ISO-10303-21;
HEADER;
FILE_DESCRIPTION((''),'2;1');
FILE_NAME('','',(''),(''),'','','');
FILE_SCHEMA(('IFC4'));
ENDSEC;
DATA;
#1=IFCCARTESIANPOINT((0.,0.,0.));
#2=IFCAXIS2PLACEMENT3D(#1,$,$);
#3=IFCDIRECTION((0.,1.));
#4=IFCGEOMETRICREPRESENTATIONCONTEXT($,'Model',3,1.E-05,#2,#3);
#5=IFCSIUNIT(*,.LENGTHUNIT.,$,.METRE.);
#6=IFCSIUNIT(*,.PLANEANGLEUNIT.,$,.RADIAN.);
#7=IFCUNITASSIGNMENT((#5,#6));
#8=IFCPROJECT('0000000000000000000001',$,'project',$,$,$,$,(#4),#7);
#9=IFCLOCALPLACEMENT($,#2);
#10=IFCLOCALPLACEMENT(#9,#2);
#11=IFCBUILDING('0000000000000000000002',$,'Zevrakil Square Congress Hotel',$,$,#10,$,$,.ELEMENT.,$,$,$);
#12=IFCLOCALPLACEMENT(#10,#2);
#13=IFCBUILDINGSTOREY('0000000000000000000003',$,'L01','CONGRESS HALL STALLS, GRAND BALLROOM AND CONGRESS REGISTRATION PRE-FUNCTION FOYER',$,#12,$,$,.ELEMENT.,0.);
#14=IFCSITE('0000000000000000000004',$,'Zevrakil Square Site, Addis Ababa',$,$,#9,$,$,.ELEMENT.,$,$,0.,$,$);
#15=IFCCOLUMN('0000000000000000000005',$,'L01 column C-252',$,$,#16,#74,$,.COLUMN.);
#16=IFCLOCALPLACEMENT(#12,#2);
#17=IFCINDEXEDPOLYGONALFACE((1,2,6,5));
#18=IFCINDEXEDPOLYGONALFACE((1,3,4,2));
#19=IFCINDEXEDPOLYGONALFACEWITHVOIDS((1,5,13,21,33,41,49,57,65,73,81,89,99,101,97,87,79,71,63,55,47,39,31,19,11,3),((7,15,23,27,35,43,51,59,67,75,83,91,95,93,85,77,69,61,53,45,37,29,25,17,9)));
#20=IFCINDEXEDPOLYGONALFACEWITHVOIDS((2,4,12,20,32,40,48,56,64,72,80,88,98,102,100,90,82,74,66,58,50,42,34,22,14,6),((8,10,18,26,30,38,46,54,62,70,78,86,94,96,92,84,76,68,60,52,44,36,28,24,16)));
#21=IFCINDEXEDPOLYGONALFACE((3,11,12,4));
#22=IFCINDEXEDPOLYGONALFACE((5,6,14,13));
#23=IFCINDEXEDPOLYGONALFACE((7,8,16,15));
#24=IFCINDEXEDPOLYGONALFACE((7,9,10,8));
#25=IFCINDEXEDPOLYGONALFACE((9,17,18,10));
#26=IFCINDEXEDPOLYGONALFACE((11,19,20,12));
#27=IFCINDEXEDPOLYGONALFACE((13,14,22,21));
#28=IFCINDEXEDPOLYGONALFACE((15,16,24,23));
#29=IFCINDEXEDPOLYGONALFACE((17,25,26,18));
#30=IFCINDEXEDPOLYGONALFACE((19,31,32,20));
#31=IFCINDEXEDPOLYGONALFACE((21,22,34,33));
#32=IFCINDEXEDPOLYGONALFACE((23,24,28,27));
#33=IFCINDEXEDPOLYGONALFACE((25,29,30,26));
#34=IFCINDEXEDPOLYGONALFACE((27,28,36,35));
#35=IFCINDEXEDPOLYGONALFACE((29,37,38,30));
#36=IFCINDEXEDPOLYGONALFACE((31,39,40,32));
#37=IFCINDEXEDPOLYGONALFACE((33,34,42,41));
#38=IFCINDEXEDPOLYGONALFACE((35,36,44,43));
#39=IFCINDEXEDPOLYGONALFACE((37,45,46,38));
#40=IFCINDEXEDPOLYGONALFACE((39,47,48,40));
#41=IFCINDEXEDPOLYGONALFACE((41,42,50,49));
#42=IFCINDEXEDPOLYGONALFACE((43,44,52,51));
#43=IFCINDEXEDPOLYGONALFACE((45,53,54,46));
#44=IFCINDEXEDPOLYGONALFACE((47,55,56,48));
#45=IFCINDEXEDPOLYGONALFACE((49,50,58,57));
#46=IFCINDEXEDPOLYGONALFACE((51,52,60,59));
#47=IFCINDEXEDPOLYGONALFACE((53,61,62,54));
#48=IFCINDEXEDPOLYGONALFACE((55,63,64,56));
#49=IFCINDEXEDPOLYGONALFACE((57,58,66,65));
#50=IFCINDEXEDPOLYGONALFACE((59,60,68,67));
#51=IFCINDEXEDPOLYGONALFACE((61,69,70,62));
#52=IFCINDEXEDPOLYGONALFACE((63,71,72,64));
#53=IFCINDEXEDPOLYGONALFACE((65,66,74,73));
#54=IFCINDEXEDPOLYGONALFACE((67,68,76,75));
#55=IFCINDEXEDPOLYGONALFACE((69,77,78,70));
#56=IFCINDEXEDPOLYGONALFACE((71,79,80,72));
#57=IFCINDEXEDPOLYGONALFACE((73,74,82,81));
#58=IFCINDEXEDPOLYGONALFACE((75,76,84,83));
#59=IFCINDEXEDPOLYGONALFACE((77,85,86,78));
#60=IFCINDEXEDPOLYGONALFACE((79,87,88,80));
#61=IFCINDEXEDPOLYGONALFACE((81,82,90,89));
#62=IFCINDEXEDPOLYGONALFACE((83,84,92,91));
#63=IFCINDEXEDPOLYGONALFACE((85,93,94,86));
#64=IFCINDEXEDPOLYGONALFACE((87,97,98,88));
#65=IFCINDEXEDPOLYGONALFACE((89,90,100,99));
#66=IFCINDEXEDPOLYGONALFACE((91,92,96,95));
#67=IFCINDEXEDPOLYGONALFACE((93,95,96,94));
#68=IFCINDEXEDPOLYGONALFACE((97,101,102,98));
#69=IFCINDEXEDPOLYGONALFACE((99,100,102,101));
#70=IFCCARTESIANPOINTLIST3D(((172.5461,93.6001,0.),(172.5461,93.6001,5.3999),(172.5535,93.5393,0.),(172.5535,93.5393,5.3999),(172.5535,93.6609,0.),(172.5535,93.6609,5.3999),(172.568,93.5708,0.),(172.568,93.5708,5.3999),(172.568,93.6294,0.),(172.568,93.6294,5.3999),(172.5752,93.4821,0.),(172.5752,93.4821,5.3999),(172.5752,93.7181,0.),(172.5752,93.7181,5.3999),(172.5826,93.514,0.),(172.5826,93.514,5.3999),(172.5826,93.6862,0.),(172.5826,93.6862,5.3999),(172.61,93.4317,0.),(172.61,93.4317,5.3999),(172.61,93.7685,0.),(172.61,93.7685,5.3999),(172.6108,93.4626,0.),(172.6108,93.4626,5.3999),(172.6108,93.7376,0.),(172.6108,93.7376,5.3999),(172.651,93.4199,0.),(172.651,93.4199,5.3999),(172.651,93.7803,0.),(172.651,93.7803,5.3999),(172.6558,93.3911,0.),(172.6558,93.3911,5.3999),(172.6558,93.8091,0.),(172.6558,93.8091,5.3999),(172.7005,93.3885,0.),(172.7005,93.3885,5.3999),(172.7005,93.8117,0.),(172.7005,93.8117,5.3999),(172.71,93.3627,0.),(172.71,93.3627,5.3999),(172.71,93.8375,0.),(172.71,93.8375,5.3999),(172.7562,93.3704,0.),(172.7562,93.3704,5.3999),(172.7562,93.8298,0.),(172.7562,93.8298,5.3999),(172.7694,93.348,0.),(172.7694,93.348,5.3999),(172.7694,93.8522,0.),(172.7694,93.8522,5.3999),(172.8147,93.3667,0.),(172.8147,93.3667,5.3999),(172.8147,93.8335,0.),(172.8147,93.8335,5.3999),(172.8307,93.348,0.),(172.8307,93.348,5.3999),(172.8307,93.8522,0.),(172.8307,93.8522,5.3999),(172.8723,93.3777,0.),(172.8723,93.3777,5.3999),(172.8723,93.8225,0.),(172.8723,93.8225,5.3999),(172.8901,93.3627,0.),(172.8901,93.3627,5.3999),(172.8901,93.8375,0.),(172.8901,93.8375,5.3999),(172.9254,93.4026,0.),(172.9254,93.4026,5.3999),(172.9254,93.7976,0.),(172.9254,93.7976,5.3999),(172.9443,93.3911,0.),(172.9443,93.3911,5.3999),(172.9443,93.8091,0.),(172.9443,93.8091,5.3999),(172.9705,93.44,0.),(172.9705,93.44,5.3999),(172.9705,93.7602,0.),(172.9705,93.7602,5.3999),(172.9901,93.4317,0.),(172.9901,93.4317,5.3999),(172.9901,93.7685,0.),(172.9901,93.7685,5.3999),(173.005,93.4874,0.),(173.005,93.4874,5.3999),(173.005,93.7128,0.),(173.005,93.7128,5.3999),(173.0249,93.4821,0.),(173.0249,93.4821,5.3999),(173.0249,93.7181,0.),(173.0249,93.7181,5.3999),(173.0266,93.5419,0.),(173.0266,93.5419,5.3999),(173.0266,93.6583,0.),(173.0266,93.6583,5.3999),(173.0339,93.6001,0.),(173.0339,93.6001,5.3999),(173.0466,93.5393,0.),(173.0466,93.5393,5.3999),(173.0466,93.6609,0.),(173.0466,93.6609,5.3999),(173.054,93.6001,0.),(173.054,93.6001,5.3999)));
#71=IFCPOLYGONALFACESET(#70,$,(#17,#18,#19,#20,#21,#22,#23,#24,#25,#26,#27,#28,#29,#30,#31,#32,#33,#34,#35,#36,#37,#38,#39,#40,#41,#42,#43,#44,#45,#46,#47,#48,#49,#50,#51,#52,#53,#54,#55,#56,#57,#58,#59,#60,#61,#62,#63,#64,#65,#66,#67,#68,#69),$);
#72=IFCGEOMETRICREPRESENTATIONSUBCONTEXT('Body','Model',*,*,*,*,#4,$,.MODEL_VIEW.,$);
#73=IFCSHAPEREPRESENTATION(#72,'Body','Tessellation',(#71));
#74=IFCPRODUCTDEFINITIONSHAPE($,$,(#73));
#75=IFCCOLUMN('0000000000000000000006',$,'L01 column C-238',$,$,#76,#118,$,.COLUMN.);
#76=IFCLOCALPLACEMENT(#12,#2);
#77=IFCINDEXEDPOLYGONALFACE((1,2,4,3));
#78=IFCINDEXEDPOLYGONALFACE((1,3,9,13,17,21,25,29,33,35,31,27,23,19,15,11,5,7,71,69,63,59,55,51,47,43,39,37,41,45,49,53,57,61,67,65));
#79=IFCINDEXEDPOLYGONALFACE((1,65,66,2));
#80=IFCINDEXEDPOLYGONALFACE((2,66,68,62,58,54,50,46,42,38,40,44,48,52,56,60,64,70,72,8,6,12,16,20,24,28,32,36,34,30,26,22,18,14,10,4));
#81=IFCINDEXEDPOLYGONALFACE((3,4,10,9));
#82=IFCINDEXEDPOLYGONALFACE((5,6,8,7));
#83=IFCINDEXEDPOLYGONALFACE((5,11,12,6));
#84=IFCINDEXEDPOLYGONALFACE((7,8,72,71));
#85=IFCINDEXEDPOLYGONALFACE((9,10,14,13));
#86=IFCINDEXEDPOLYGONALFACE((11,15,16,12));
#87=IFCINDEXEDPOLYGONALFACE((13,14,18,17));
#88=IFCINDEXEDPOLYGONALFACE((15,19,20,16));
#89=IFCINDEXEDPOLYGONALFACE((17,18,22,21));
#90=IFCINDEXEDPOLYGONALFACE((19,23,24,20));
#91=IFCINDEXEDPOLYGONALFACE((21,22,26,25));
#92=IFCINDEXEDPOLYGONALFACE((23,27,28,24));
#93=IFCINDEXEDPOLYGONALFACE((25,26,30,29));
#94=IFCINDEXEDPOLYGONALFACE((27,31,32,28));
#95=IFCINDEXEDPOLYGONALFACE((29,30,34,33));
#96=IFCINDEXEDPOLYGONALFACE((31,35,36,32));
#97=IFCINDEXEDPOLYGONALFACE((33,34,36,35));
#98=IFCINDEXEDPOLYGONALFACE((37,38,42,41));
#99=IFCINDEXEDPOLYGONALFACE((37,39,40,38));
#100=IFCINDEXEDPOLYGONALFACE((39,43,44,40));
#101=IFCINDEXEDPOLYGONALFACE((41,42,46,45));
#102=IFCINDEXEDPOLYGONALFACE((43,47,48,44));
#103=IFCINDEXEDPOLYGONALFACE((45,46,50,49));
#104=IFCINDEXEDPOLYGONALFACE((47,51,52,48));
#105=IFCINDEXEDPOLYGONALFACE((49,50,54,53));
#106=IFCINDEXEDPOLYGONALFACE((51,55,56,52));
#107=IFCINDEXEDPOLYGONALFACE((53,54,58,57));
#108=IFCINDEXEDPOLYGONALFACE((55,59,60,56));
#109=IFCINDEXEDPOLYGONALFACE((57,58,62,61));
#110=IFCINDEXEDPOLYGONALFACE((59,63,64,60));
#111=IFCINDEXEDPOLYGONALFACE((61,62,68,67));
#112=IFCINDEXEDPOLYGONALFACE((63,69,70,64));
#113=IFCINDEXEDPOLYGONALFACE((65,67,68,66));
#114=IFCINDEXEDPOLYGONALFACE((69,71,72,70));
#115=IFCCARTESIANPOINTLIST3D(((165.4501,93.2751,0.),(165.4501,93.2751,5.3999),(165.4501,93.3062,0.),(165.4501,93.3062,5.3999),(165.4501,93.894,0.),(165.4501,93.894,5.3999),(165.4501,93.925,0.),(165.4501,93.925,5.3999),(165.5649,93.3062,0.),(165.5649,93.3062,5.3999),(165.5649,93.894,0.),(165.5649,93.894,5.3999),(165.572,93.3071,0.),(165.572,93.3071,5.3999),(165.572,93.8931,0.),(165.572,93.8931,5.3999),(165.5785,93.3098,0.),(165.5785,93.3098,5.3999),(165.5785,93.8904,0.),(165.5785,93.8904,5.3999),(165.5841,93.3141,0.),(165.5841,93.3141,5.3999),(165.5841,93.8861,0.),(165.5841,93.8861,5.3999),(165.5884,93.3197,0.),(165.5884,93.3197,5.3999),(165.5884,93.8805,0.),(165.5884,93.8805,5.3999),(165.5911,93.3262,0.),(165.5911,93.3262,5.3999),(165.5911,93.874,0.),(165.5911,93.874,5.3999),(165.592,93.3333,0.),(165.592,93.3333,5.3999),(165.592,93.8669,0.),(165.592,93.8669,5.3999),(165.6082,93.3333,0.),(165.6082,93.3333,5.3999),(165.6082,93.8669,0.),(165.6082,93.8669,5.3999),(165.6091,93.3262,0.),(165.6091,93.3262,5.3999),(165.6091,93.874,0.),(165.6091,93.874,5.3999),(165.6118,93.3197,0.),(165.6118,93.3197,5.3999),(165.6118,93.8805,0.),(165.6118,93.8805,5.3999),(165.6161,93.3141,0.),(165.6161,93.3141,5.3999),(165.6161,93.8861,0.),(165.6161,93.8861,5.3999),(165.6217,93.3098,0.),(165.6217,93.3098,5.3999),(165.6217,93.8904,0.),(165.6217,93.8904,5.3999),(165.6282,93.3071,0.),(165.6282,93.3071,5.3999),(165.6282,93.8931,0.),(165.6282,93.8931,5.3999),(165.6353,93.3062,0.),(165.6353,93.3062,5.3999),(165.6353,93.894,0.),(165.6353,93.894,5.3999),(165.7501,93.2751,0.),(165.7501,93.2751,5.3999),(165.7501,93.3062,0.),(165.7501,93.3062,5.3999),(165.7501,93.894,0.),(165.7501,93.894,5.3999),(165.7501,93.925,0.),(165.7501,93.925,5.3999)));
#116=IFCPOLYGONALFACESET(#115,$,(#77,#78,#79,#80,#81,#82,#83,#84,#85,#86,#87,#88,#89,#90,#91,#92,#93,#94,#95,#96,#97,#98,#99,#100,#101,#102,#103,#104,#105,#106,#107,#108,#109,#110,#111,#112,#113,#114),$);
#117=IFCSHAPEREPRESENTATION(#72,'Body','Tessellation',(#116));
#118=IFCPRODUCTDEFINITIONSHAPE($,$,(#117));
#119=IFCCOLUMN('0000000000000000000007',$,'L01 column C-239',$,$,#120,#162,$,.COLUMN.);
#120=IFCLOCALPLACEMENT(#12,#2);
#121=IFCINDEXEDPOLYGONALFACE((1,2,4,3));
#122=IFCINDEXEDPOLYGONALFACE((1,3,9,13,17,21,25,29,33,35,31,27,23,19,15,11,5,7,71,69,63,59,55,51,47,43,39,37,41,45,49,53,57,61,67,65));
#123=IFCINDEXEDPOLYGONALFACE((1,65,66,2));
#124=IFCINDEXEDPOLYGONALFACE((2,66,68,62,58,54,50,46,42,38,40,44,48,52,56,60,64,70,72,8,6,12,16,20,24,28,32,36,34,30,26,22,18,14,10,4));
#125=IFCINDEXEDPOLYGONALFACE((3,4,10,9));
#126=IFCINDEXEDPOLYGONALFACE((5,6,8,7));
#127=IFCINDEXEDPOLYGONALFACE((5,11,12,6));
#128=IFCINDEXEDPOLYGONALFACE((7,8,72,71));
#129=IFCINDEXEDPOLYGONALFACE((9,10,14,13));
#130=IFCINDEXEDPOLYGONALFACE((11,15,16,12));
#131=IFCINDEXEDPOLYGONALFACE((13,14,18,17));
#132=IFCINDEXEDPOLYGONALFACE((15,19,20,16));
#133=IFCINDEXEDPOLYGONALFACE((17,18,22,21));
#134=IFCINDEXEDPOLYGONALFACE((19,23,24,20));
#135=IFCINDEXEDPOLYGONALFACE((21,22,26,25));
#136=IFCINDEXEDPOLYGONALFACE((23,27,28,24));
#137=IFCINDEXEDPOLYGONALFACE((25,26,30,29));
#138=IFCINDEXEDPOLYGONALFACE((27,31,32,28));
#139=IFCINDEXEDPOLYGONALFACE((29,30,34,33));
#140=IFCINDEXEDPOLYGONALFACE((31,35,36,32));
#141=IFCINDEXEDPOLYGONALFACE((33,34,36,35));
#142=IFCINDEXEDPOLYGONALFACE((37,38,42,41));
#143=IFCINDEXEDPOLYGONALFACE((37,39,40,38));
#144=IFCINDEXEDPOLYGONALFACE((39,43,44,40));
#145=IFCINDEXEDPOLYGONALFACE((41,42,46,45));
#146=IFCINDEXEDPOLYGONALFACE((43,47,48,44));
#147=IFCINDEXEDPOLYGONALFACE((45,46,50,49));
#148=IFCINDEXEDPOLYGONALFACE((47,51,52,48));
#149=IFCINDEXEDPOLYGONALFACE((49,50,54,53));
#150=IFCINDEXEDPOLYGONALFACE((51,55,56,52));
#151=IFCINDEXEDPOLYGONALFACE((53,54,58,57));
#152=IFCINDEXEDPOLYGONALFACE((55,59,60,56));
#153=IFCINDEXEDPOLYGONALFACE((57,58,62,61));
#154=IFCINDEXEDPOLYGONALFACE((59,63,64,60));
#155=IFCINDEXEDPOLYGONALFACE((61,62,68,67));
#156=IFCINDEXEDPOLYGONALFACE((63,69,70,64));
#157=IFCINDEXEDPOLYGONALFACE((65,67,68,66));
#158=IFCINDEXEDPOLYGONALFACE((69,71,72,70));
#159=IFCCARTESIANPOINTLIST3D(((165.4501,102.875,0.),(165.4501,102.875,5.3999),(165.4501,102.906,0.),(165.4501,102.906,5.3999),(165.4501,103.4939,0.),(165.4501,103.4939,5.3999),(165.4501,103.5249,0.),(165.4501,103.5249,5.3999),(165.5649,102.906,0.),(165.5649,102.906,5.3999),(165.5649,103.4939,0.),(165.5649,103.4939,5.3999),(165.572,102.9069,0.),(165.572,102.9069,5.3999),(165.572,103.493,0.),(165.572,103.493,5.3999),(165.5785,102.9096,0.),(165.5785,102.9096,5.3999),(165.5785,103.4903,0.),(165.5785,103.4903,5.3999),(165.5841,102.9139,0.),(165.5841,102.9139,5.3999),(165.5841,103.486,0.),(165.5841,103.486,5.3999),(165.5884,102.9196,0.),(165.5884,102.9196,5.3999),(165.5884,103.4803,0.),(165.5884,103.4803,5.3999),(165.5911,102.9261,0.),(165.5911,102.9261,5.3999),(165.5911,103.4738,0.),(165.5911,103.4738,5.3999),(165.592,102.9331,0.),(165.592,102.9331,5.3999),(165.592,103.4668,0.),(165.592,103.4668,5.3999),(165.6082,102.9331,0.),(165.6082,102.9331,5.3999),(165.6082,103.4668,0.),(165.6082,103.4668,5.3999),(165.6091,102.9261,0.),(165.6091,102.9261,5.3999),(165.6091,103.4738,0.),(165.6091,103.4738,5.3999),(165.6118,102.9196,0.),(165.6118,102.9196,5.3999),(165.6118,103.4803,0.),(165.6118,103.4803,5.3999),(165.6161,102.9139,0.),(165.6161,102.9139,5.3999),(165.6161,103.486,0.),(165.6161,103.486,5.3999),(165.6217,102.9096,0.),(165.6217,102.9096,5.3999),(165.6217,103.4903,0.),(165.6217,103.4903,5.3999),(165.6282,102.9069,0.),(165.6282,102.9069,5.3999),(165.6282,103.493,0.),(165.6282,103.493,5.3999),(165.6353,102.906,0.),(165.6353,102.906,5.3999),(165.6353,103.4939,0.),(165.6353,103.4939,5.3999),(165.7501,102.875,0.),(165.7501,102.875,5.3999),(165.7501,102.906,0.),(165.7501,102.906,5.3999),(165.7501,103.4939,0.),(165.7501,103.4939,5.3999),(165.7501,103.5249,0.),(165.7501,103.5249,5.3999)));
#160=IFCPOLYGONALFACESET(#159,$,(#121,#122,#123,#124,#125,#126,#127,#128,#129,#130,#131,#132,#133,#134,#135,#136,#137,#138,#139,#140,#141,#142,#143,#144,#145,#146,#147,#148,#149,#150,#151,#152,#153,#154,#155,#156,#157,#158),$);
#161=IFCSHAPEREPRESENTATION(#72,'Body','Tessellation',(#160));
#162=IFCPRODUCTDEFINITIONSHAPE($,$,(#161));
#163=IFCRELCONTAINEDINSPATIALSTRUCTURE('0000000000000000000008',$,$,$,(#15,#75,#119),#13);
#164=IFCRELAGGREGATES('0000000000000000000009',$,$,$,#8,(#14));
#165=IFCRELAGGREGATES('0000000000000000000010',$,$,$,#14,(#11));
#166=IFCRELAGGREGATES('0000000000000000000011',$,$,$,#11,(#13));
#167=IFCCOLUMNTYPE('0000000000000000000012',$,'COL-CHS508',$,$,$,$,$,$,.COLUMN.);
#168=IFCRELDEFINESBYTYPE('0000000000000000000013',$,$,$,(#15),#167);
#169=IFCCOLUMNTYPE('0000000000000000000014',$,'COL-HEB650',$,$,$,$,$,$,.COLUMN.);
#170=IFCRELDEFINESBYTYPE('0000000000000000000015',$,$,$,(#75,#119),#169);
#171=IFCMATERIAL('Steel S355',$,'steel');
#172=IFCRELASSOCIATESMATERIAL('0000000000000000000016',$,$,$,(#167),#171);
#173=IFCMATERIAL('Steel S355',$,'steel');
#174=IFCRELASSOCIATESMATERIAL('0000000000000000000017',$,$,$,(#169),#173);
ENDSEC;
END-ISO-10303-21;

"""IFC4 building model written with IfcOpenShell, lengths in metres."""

from ifc_helpers import new_model, si_unit, direction, frame, origin, origin_2d, place, context, subcontext, project, spatial, hollow_circle, i_section, extrude, material, material_profile, profile_set, type_object, element, save


model = new_model("IFC4")

# Units and contexts
model_context = context("Model", 3, precision=1e-05, world=origin(), true_north=direction((0.0, 1.0)))
body_context = subcontext(model_context, "Body", "Model", "MODEL_VIEW")
ifc_project = project(units=[si_unit("LENGTHUNIT", "METRE"), si_unit("PLANEANGLEUNIT", "RADIAN")], contexts=[model_context])

# Site, building, storey
site_placement = place(None, origin())
site = spatial("IfcSite", under=ifc_project, at=site_placement, Name="Zevrakil Square Site, Addis Ababa", CompositionType="ELEMENT", RefElevation=0.0)
building_placement = place(site_placement, origin())
building = spatial("IfcBuilding", under=site, at=building_placement, Name="Zevrakil Square Congress Hotel", CompositionType="ELEMENT")
storey_placement = place(building_placement, origin())
storey = spatial("IfcBuildingStorey", under=building, at=storey_placement, Name="L01", Description="CONGRESS HALL STALLS, GRAND BALLROOM AND CONGRESS REGISTRATION PRE-FUNCTION FOYER", CompositionType="ELEMENT", Elevation=0.0)

# Columns
ifc_material_1 = material(Name="Steel S355", Category="steel")
ifc_material_profile_1 = material_profile(ifc_material_1, hollow_circle(Radius=0.2539, WallThickness=0.02, at=origin_2d()), Name="CHS 508x20")
ifc_profile_set_1 = profile_set([ifc_material_profile_1], Name="Steel S355")
column_type_1 = type_object("IfcColumnType", Name="COL-CHS508", PredefinedType="COLUMN", material=ifc_profile_set_1)
column_placement = place(storey_placement, frame((172.8, 93.6001, 0.0), z_axis=(0.0, 0.0, 1.0), x_axis=(1.0, 0.0, 0.0)))
element("IfcColumn", 1, at=column_placement, inside=storey, type_object=column_type_1, Name="L01 column C-252", PredefinedType="COLUMN", context=body_context, shape_type="SweptSolid", body=[
    extrude(hollow_circle(Radius=0.2539, WallThickness=0.02, at=origin_2d()), origin(), (0.0, 0.0, 1.0), 5.3999),
])
ifc_material_2 = material(Name="Steel S355", Category="steel")
ifc_material_profile_2 = material_profile(ifc_material_2, i_section(OverallWidth=0.3, OverallDepth=0.6499, WebThickness=0.0161, FlangeThickness=0.031, FilletRadius=0.0271, at=origin_2d()), Name="HEB 650")
ifc_profile_set_2 = profile_set([ifc_material_profile_2], Name="Steel S355")
column_type_2 = type_object("IfcColumnType", Name="COL-HEB650", PredefinedType="COLUMN", material=ifc_profile_set_2)
for number, where, z_axis, x_axis, name in (
    (2, (165.6001, 93.6001, 0.0), (0.0, 0.0, 1.0), (1.0, 0.0, 0.0), "L01 column C-238"),
    (3, (165.6001, 103.2, 0.0), (0.0, 0.0, 1.0), (1.0, 0.0, 0.0), "L01 column C-239"),
):
    element("IfcColumn", number, at=place(storey_placement, frame(where, z_axis=z_axis, x_axis=x_axis)), inside=storey, type_object=column_type_2, Name=name, PredefinedType="COLUMN", context=body_context, shape_type="SweptSolid", body=[
        extrude(i_section(OverallWidth=0.3, OverallDepth=0.6499, WebThickness=0.0161, FlangeThickness=0.031, FilletRadius=0.0271, at=origin_2d()), origin(), (0.0, 0.0, 1.0), 5.3999),
    ])

save(model, "model.ifc")
